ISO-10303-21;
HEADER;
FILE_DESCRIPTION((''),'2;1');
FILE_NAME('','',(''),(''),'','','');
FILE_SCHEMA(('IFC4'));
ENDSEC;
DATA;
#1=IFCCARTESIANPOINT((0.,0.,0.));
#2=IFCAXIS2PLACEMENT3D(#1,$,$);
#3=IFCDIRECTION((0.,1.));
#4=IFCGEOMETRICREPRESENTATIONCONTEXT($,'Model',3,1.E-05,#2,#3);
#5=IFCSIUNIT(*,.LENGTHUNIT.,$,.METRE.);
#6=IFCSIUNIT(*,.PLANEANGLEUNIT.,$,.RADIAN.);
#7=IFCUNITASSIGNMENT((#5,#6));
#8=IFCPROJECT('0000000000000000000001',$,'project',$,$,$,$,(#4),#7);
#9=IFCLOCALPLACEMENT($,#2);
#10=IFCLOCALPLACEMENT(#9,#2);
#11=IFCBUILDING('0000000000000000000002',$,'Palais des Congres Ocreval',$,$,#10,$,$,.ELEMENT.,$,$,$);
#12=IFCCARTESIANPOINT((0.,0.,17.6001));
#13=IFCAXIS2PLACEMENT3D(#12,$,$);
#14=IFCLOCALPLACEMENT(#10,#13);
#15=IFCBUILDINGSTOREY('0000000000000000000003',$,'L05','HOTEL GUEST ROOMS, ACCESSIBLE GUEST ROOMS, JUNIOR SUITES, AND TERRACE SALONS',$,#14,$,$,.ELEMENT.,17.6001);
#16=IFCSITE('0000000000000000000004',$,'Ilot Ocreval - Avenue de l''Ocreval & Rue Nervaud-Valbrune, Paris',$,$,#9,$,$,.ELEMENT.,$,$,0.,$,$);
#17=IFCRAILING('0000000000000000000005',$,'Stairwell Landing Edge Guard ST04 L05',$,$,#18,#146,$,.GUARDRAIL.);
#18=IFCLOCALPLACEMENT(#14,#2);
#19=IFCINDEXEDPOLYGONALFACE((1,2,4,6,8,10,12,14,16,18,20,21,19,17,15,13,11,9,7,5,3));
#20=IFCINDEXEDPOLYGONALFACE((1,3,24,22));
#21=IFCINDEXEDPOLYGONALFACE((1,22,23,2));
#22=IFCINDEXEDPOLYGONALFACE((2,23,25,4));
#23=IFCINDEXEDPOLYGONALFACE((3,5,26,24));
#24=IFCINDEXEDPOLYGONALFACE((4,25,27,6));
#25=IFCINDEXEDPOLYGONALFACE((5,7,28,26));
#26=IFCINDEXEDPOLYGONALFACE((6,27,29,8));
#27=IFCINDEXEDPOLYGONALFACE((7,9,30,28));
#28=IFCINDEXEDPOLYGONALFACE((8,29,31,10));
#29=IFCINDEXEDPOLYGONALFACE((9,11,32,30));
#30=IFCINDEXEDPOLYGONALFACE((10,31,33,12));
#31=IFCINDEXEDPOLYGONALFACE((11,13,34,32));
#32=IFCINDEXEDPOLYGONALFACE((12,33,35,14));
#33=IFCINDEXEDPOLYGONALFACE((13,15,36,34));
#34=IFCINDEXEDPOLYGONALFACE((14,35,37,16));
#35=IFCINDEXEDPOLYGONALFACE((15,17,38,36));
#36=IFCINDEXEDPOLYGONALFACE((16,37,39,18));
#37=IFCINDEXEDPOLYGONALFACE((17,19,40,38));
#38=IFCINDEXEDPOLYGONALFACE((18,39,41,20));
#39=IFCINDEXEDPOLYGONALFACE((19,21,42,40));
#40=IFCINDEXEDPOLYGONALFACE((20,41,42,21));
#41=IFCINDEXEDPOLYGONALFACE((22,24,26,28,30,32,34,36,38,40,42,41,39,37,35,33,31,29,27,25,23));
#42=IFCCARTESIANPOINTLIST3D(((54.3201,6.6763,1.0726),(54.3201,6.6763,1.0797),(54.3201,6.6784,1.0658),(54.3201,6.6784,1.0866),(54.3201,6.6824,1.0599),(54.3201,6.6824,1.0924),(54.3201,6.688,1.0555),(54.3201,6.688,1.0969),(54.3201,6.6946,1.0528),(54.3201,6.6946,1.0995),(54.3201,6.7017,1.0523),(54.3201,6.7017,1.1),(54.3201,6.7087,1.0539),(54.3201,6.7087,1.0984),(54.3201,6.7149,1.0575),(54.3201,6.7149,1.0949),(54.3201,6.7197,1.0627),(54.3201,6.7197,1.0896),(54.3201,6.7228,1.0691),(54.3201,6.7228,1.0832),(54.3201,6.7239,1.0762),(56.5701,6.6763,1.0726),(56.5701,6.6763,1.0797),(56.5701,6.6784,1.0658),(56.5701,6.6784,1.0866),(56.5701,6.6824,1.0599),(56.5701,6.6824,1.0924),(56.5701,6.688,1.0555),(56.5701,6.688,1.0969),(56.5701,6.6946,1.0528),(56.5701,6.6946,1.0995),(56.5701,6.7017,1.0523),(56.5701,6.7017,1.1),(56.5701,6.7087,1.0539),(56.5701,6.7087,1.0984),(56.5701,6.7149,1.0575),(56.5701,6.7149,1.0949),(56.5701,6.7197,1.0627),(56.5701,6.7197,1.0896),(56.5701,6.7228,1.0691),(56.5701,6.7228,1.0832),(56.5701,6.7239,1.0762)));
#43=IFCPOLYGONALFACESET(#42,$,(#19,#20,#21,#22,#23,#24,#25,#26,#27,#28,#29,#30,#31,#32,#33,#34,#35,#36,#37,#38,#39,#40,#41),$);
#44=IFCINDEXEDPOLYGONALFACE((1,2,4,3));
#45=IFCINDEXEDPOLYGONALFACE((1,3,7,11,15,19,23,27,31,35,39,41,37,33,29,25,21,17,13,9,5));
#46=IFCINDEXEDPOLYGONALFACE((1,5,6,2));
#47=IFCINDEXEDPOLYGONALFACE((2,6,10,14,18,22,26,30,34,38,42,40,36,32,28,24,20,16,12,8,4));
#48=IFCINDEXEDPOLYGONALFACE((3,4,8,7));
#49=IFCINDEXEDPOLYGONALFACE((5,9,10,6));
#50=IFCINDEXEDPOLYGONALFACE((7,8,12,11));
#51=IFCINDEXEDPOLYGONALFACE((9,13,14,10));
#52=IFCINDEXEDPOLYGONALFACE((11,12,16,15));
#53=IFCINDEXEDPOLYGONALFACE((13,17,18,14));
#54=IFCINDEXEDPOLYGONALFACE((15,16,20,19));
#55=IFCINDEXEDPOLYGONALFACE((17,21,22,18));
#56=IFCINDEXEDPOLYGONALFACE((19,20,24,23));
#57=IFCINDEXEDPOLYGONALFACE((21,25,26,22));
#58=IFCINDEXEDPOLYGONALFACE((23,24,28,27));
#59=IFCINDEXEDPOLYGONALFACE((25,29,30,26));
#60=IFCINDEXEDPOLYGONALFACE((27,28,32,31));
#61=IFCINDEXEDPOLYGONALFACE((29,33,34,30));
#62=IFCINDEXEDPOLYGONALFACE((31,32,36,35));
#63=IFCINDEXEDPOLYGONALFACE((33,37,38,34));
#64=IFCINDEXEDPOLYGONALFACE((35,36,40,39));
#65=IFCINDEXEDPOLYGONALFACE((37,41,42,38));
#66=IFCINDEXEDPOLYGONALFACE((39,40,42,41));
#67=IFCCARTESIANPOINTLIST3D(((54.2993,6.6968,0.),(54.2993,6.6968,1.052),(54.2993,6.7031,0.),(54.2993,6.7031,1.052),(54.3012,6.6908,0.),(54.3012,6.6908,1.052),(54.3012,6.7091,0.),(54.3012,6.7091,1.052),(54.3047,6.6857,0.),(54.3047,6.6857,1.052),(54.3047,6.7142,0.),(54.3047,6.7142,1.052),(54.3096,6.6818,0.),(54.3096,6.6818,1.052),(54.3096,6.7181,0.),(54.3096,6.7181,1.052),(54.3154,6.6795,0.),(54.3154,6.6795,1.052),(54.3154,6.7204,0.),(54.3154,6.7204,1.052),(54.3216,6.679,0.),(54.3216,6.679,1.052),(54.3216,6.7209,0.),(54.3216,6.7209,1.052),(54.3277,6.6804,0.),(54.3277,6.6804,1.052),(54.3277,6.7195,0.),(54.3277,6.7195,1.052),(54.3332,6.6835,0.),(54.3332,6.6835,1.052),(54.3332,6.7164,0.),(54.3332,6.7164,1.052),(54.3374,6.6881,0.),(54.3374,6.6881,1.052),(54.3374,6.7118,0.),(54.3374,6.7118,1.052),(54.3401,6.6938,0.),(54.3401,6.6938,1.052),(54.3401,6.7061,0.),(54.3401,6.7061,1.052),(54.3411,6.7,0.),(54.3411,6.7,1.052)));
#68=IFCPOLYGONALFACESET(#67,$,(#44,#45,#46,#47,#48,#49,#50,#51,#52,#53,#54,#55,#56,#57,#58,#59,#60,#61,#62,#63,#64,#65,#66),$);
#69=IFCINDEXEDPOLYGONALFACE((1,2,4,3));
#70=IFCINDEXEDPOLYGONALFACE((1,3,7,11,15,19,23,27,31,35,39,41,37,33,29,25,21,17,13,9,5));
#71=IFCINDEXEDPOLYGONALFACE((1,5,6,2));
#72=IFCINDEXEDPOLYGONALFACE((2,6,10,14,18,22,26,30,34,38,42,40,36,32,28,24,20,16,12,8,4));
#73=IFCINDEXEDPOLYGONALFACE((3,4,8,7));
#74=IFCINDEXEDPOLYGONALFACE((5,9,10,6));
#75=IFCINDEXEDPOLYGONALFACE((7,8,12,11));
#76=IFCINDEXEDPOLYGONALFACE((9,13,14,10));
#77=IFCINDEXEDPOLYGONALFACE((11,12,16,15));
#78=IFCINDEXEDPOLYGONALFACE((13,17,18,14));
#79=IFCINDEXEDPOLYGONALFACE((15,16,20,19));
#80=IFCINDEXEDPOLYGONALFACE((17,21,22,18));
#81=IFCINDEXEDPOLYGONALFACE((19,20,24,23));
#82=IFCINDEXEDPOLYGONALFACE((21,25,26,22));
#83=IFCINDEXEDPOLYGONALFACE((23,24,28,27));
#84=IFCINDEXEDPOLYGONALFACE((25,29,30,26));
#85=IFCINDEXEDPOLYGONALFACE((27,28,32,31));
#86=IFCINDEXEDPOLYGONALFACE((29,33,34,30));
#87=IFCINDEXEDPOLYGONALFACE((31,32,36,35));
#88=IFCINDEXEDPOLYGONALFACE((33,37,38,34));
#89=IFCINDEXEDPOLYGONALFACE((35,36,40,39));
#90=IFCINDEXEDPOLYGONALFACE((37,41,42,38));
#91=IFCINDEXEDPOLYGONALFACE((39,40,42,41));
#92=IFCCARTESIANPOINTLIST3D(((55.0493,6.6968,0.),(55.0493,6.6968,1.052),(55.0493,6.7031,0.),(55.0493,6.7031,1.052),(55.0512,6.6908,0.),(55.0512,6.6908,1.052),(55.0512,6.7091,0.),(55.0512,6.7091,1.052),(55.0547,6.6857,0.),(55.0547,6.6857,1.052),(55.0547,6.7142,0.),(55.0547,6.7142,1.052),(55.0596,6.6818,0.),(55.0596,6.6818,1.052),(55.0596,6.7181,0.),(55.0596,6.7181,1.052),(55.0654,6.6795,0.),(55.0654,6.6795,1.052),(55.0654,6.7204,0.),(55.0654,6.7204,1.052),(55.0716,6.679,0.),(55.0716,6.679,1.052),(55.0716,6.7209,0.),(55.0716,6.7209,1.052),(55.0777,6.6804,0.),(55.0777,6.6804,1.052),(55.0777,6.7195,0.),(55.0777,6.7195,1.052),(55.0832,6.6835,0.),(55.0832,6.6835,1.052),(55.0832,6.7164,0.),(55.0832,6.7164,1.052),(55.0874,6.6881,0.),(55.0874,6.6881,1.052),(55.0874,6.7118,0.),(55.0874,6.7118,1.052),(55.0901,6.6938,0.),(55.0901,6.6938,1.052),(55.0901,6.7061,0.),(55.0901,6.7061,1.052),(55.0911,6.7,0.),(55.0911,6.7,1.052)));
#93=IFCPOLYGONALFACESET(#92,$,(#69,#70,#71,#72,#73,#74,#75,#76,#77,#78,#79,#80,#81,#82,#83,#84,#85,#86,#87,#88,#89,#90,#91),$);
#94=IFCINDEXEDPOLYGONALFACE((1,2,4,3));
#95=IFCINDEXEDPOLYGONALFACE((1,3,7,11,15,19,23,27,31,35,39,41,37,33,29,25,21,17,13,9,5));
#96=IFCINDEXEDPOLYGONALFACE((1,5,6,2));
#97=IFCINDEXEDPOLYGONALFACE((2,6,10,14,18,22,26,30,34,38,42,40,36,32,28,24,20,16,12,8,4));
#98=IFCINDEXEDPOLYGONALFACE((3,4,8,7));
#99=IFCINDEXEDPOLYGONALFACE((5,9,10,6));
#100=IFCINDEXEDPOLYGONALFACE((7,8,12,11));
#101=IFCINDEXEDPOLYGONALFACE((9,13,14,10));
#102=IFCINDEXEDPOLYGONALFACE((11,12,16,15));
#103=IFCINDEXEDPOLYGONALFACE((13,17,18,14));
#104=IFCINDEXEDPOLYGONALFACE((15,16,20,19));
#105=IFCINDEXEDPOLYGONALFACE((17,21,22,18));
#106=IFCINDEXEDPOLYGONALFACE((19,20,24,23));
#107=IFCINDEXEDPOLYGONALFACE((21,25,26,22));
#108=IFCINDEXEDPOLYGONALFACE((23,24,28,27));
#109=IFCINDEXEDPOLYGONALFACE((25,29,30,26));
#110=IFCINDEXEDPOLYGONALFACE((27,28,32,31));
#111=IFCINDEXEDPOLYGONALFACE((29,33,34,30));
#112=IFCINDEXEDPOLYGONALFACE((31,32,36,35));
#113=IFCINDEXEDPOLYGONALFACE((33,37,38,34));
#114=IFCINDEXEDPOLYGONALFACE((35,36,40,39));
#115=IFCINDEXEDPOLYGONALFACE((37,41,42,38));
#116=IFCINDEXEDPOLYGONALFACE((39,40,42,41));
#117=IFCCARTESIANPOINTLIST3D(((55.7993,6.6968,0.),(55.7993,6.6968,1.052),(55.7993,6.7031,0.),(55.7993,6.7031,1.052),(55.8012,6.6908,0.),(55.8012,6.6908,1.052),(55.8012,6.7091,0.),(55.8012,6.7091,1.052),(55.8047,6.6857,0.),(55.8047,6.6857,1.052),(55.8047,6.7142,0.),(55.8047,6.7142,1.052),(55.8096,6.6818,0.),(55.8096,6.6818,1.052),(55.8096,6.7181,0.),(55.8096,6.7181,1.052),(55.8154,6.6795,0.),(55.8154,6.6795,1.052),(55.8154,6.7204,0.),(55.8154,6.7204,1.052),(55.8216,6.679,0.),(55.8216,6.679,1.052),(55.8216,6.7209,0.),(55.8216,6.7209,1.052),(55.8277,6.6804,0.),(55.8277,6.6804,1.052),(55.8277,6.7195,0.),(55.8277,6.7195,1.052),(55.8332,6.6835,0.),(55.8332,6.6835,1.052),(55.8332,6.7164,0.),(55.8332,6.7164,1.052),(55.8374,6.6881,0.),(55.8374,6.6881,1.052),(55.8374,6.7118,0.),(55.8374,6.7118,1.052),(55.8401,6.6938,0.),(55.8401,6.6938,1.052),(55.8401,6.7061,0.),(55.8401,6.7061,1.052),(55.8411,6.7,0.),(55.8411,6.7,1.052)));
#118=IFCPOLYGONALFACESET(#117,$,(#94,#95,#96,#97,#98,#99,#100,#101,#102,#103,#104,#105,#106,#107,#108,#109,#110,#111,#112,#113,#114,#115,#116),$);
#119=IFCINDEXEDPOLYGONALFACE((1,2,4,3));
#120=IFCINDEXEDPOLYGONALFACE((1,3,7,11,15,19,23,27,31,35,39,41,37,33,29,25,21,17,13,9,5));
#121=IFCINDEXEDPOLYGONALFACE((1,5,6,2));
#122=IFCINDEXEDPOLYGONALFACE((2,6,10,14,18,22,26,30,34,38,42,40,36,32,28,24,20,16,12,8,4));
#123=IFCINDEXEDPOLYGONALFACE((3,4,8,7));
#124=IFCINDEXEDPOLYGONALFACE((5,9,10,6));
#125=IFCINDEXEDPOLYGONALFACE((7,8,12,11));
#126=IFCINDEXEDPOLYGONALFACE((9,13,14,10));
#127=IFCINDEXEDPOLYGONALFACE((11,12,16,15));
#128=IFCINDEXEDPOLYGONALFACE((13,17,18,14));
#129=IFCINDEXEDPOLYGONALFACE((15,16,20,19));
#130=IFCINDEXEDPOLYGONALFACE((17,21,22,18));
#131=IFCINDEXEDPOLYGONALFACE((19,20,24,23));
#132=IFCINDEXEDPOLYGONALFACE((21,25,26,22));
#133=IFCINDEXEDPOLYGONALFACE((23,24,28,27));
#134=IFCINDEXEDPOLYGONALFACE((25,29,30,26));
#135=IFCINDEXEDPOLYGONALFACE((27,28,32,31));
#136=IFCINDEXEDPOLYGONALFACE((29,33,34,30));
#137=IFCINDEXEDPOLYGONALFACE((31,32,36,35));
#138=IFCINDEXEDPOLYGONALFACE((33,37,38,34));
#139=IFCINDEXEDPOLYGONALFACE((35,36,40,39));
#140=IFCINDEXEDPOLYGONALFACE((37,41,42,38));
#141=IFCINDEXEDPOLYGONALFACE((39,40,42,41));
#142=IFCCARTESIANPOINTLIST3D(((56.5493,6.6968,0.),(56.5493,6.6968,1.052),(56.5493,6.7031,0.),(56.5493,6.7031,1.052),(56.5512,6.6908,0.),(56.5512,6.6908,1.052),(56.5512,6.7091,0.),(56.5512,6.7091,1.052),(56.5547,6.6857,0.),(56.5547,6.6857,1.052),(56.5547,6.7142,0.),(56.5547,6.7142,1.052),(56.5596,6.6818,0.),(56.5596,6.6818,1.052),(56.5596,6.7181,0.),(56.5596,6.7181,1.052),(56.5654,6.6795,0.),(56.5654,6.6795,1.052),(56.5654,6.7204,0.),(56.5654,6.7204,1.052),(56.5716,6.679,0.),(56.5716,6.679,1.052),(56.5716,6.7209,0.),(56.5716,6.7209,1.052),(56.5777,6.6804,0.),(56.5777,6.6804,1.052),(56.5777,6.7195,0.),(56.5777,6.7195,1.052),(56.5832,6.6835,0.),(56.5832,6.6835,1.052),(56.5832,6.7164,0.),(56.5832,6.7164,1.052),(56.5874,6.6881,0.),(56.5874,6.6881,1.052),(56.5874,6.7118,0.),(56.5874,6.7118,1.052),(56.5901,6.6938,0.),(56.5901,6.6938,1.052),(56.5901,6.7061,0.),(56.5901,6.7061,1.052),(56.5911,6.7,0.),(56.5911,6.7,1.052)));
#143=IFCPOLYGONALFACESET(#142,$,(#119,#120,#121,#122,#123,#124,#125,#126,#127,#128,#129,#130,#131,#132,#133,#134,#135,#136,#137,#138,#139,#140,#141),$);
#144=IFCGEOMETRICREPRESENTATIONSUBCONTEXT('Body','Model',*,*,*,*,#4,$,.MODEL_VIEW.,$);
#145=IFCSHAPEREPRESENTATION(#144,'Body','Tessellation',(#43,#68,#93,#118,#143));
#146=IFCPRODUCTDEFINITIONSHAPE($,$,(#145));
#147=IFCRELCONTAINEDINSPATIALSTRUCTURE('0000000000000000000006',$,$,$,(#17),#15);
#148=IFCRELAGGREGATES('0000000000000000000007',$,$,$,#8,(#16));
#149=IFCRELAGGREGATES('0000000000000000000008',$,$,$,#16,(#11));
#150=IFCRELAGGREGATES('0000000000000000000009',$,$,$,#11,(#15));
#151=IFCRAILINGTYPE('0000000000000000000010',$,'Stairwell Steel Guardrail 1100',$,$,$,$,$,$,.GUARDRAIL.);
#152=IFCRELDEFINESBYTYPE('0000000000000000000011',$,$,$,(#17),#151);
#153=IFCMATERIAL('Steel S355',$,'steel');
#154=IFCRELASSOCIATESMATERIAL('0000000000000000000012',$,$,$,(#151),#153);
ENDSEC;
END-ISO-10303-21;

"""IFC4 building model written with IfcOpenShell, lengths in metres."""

from ifc_helpers import new_model, si_unit, direction, frame, origin, origin_2d, place, context, subcontext, project, spatial, circle, extrude, material, type_object, element, save


model = new_model("IFC4")

# Units and contexts
model_context = context("Model", 3, precision=1e-05, world=origin(), true_north=direction((0.0, 1.0)))
body_context = subcontext(model_context, "Body", "Model", "MODEL_VIEW")
ifc_project = project(units=[si_unit("LENGTHUNIT", "METRE"), si_unit("PLANEANGLEUNIT", "RADIAN")], contexts=[model_context])

# Site, building, storey
site_placement = place(None, origin())
site = spatial("IfcSite", under=ifc_project, at=site_placement, Name="Ilot Ocreval - Avenue de l'Ocreval & Rue Nervaud-Valbrune, Paris", CompositionType="ELEMENT", RefElevation=0.0)
building_placement = place(site_placement, origin())
building = spatial("IfcBuilding", under=site, at=building_placement, Name="Palais des Congres Ocreval", CompositionType="ELEMENT")
storey_placement = place(building_placement, frame((0.0, 0.0, 17.6001)))
storey = spatial("IfcBuildingStorey", under=building, at=storey_placement, Name="L05", Description="HOTEL GUEST ROOMS, ACCESSIBLE GUEST ROOMS, JUNIOR SUITES, AND TERRACE SALONS", CompositionType="ELEMENT", Elevation=17.6001)

# Shared definitions
ifc_material_1 = material(Name="Steel S355", Category="steel")

# Railing
railing_type_1 = type_object("IfcRailingType", Name="Stairwell Steel Guardrail 1100", PredefinedType="GUARDRAIL", material=ifc_material_1)
railing_1_placement = place(storey_placement, frame((54.3201, 6.7, 0.0)))
element("IfcRailing", 1, at=railing_1_placement, inside=storey, type_object=railing_type_1, Name="Stairwell Landing Edge Guard ST04 L05", PredefinedType="GUARDRAIL", context=body_context, shape_type="SweptSolid", body=[
    extrude(circle(Radius=0.0239, at=origin_2d()), frame((0.0, 0.0, 1.0762), z_axis=(1.0, 0.0, 0.0), x_axis=(0.0, 1.0, 0.0)), (0.0, 0.0, 1.0), 2.25),
    extrude(circle(Radius=0.021, at=origin_2d()), origin(), (0.0, 0.0, 1.0), 1.052),
    extrude(circle(Radius=0.021, at=origin_2d()), frame((0.75, 0.0, 0.0)), (0.0, 0.0, 1.0), 1.052),
    extrude(circle(Radius=0.021, at=origin_2d()), frame((1.5, 0.0, 0.0)), (0.0, 0.0, 1.0), 1.052),
    extrude(circle(Radius=0.021, at=origin_2d()), frame((2.25, 0.0, 0.0)), (0.0, 0.0, 1.0), 1.052),
])

save(model, "model.ifc")
